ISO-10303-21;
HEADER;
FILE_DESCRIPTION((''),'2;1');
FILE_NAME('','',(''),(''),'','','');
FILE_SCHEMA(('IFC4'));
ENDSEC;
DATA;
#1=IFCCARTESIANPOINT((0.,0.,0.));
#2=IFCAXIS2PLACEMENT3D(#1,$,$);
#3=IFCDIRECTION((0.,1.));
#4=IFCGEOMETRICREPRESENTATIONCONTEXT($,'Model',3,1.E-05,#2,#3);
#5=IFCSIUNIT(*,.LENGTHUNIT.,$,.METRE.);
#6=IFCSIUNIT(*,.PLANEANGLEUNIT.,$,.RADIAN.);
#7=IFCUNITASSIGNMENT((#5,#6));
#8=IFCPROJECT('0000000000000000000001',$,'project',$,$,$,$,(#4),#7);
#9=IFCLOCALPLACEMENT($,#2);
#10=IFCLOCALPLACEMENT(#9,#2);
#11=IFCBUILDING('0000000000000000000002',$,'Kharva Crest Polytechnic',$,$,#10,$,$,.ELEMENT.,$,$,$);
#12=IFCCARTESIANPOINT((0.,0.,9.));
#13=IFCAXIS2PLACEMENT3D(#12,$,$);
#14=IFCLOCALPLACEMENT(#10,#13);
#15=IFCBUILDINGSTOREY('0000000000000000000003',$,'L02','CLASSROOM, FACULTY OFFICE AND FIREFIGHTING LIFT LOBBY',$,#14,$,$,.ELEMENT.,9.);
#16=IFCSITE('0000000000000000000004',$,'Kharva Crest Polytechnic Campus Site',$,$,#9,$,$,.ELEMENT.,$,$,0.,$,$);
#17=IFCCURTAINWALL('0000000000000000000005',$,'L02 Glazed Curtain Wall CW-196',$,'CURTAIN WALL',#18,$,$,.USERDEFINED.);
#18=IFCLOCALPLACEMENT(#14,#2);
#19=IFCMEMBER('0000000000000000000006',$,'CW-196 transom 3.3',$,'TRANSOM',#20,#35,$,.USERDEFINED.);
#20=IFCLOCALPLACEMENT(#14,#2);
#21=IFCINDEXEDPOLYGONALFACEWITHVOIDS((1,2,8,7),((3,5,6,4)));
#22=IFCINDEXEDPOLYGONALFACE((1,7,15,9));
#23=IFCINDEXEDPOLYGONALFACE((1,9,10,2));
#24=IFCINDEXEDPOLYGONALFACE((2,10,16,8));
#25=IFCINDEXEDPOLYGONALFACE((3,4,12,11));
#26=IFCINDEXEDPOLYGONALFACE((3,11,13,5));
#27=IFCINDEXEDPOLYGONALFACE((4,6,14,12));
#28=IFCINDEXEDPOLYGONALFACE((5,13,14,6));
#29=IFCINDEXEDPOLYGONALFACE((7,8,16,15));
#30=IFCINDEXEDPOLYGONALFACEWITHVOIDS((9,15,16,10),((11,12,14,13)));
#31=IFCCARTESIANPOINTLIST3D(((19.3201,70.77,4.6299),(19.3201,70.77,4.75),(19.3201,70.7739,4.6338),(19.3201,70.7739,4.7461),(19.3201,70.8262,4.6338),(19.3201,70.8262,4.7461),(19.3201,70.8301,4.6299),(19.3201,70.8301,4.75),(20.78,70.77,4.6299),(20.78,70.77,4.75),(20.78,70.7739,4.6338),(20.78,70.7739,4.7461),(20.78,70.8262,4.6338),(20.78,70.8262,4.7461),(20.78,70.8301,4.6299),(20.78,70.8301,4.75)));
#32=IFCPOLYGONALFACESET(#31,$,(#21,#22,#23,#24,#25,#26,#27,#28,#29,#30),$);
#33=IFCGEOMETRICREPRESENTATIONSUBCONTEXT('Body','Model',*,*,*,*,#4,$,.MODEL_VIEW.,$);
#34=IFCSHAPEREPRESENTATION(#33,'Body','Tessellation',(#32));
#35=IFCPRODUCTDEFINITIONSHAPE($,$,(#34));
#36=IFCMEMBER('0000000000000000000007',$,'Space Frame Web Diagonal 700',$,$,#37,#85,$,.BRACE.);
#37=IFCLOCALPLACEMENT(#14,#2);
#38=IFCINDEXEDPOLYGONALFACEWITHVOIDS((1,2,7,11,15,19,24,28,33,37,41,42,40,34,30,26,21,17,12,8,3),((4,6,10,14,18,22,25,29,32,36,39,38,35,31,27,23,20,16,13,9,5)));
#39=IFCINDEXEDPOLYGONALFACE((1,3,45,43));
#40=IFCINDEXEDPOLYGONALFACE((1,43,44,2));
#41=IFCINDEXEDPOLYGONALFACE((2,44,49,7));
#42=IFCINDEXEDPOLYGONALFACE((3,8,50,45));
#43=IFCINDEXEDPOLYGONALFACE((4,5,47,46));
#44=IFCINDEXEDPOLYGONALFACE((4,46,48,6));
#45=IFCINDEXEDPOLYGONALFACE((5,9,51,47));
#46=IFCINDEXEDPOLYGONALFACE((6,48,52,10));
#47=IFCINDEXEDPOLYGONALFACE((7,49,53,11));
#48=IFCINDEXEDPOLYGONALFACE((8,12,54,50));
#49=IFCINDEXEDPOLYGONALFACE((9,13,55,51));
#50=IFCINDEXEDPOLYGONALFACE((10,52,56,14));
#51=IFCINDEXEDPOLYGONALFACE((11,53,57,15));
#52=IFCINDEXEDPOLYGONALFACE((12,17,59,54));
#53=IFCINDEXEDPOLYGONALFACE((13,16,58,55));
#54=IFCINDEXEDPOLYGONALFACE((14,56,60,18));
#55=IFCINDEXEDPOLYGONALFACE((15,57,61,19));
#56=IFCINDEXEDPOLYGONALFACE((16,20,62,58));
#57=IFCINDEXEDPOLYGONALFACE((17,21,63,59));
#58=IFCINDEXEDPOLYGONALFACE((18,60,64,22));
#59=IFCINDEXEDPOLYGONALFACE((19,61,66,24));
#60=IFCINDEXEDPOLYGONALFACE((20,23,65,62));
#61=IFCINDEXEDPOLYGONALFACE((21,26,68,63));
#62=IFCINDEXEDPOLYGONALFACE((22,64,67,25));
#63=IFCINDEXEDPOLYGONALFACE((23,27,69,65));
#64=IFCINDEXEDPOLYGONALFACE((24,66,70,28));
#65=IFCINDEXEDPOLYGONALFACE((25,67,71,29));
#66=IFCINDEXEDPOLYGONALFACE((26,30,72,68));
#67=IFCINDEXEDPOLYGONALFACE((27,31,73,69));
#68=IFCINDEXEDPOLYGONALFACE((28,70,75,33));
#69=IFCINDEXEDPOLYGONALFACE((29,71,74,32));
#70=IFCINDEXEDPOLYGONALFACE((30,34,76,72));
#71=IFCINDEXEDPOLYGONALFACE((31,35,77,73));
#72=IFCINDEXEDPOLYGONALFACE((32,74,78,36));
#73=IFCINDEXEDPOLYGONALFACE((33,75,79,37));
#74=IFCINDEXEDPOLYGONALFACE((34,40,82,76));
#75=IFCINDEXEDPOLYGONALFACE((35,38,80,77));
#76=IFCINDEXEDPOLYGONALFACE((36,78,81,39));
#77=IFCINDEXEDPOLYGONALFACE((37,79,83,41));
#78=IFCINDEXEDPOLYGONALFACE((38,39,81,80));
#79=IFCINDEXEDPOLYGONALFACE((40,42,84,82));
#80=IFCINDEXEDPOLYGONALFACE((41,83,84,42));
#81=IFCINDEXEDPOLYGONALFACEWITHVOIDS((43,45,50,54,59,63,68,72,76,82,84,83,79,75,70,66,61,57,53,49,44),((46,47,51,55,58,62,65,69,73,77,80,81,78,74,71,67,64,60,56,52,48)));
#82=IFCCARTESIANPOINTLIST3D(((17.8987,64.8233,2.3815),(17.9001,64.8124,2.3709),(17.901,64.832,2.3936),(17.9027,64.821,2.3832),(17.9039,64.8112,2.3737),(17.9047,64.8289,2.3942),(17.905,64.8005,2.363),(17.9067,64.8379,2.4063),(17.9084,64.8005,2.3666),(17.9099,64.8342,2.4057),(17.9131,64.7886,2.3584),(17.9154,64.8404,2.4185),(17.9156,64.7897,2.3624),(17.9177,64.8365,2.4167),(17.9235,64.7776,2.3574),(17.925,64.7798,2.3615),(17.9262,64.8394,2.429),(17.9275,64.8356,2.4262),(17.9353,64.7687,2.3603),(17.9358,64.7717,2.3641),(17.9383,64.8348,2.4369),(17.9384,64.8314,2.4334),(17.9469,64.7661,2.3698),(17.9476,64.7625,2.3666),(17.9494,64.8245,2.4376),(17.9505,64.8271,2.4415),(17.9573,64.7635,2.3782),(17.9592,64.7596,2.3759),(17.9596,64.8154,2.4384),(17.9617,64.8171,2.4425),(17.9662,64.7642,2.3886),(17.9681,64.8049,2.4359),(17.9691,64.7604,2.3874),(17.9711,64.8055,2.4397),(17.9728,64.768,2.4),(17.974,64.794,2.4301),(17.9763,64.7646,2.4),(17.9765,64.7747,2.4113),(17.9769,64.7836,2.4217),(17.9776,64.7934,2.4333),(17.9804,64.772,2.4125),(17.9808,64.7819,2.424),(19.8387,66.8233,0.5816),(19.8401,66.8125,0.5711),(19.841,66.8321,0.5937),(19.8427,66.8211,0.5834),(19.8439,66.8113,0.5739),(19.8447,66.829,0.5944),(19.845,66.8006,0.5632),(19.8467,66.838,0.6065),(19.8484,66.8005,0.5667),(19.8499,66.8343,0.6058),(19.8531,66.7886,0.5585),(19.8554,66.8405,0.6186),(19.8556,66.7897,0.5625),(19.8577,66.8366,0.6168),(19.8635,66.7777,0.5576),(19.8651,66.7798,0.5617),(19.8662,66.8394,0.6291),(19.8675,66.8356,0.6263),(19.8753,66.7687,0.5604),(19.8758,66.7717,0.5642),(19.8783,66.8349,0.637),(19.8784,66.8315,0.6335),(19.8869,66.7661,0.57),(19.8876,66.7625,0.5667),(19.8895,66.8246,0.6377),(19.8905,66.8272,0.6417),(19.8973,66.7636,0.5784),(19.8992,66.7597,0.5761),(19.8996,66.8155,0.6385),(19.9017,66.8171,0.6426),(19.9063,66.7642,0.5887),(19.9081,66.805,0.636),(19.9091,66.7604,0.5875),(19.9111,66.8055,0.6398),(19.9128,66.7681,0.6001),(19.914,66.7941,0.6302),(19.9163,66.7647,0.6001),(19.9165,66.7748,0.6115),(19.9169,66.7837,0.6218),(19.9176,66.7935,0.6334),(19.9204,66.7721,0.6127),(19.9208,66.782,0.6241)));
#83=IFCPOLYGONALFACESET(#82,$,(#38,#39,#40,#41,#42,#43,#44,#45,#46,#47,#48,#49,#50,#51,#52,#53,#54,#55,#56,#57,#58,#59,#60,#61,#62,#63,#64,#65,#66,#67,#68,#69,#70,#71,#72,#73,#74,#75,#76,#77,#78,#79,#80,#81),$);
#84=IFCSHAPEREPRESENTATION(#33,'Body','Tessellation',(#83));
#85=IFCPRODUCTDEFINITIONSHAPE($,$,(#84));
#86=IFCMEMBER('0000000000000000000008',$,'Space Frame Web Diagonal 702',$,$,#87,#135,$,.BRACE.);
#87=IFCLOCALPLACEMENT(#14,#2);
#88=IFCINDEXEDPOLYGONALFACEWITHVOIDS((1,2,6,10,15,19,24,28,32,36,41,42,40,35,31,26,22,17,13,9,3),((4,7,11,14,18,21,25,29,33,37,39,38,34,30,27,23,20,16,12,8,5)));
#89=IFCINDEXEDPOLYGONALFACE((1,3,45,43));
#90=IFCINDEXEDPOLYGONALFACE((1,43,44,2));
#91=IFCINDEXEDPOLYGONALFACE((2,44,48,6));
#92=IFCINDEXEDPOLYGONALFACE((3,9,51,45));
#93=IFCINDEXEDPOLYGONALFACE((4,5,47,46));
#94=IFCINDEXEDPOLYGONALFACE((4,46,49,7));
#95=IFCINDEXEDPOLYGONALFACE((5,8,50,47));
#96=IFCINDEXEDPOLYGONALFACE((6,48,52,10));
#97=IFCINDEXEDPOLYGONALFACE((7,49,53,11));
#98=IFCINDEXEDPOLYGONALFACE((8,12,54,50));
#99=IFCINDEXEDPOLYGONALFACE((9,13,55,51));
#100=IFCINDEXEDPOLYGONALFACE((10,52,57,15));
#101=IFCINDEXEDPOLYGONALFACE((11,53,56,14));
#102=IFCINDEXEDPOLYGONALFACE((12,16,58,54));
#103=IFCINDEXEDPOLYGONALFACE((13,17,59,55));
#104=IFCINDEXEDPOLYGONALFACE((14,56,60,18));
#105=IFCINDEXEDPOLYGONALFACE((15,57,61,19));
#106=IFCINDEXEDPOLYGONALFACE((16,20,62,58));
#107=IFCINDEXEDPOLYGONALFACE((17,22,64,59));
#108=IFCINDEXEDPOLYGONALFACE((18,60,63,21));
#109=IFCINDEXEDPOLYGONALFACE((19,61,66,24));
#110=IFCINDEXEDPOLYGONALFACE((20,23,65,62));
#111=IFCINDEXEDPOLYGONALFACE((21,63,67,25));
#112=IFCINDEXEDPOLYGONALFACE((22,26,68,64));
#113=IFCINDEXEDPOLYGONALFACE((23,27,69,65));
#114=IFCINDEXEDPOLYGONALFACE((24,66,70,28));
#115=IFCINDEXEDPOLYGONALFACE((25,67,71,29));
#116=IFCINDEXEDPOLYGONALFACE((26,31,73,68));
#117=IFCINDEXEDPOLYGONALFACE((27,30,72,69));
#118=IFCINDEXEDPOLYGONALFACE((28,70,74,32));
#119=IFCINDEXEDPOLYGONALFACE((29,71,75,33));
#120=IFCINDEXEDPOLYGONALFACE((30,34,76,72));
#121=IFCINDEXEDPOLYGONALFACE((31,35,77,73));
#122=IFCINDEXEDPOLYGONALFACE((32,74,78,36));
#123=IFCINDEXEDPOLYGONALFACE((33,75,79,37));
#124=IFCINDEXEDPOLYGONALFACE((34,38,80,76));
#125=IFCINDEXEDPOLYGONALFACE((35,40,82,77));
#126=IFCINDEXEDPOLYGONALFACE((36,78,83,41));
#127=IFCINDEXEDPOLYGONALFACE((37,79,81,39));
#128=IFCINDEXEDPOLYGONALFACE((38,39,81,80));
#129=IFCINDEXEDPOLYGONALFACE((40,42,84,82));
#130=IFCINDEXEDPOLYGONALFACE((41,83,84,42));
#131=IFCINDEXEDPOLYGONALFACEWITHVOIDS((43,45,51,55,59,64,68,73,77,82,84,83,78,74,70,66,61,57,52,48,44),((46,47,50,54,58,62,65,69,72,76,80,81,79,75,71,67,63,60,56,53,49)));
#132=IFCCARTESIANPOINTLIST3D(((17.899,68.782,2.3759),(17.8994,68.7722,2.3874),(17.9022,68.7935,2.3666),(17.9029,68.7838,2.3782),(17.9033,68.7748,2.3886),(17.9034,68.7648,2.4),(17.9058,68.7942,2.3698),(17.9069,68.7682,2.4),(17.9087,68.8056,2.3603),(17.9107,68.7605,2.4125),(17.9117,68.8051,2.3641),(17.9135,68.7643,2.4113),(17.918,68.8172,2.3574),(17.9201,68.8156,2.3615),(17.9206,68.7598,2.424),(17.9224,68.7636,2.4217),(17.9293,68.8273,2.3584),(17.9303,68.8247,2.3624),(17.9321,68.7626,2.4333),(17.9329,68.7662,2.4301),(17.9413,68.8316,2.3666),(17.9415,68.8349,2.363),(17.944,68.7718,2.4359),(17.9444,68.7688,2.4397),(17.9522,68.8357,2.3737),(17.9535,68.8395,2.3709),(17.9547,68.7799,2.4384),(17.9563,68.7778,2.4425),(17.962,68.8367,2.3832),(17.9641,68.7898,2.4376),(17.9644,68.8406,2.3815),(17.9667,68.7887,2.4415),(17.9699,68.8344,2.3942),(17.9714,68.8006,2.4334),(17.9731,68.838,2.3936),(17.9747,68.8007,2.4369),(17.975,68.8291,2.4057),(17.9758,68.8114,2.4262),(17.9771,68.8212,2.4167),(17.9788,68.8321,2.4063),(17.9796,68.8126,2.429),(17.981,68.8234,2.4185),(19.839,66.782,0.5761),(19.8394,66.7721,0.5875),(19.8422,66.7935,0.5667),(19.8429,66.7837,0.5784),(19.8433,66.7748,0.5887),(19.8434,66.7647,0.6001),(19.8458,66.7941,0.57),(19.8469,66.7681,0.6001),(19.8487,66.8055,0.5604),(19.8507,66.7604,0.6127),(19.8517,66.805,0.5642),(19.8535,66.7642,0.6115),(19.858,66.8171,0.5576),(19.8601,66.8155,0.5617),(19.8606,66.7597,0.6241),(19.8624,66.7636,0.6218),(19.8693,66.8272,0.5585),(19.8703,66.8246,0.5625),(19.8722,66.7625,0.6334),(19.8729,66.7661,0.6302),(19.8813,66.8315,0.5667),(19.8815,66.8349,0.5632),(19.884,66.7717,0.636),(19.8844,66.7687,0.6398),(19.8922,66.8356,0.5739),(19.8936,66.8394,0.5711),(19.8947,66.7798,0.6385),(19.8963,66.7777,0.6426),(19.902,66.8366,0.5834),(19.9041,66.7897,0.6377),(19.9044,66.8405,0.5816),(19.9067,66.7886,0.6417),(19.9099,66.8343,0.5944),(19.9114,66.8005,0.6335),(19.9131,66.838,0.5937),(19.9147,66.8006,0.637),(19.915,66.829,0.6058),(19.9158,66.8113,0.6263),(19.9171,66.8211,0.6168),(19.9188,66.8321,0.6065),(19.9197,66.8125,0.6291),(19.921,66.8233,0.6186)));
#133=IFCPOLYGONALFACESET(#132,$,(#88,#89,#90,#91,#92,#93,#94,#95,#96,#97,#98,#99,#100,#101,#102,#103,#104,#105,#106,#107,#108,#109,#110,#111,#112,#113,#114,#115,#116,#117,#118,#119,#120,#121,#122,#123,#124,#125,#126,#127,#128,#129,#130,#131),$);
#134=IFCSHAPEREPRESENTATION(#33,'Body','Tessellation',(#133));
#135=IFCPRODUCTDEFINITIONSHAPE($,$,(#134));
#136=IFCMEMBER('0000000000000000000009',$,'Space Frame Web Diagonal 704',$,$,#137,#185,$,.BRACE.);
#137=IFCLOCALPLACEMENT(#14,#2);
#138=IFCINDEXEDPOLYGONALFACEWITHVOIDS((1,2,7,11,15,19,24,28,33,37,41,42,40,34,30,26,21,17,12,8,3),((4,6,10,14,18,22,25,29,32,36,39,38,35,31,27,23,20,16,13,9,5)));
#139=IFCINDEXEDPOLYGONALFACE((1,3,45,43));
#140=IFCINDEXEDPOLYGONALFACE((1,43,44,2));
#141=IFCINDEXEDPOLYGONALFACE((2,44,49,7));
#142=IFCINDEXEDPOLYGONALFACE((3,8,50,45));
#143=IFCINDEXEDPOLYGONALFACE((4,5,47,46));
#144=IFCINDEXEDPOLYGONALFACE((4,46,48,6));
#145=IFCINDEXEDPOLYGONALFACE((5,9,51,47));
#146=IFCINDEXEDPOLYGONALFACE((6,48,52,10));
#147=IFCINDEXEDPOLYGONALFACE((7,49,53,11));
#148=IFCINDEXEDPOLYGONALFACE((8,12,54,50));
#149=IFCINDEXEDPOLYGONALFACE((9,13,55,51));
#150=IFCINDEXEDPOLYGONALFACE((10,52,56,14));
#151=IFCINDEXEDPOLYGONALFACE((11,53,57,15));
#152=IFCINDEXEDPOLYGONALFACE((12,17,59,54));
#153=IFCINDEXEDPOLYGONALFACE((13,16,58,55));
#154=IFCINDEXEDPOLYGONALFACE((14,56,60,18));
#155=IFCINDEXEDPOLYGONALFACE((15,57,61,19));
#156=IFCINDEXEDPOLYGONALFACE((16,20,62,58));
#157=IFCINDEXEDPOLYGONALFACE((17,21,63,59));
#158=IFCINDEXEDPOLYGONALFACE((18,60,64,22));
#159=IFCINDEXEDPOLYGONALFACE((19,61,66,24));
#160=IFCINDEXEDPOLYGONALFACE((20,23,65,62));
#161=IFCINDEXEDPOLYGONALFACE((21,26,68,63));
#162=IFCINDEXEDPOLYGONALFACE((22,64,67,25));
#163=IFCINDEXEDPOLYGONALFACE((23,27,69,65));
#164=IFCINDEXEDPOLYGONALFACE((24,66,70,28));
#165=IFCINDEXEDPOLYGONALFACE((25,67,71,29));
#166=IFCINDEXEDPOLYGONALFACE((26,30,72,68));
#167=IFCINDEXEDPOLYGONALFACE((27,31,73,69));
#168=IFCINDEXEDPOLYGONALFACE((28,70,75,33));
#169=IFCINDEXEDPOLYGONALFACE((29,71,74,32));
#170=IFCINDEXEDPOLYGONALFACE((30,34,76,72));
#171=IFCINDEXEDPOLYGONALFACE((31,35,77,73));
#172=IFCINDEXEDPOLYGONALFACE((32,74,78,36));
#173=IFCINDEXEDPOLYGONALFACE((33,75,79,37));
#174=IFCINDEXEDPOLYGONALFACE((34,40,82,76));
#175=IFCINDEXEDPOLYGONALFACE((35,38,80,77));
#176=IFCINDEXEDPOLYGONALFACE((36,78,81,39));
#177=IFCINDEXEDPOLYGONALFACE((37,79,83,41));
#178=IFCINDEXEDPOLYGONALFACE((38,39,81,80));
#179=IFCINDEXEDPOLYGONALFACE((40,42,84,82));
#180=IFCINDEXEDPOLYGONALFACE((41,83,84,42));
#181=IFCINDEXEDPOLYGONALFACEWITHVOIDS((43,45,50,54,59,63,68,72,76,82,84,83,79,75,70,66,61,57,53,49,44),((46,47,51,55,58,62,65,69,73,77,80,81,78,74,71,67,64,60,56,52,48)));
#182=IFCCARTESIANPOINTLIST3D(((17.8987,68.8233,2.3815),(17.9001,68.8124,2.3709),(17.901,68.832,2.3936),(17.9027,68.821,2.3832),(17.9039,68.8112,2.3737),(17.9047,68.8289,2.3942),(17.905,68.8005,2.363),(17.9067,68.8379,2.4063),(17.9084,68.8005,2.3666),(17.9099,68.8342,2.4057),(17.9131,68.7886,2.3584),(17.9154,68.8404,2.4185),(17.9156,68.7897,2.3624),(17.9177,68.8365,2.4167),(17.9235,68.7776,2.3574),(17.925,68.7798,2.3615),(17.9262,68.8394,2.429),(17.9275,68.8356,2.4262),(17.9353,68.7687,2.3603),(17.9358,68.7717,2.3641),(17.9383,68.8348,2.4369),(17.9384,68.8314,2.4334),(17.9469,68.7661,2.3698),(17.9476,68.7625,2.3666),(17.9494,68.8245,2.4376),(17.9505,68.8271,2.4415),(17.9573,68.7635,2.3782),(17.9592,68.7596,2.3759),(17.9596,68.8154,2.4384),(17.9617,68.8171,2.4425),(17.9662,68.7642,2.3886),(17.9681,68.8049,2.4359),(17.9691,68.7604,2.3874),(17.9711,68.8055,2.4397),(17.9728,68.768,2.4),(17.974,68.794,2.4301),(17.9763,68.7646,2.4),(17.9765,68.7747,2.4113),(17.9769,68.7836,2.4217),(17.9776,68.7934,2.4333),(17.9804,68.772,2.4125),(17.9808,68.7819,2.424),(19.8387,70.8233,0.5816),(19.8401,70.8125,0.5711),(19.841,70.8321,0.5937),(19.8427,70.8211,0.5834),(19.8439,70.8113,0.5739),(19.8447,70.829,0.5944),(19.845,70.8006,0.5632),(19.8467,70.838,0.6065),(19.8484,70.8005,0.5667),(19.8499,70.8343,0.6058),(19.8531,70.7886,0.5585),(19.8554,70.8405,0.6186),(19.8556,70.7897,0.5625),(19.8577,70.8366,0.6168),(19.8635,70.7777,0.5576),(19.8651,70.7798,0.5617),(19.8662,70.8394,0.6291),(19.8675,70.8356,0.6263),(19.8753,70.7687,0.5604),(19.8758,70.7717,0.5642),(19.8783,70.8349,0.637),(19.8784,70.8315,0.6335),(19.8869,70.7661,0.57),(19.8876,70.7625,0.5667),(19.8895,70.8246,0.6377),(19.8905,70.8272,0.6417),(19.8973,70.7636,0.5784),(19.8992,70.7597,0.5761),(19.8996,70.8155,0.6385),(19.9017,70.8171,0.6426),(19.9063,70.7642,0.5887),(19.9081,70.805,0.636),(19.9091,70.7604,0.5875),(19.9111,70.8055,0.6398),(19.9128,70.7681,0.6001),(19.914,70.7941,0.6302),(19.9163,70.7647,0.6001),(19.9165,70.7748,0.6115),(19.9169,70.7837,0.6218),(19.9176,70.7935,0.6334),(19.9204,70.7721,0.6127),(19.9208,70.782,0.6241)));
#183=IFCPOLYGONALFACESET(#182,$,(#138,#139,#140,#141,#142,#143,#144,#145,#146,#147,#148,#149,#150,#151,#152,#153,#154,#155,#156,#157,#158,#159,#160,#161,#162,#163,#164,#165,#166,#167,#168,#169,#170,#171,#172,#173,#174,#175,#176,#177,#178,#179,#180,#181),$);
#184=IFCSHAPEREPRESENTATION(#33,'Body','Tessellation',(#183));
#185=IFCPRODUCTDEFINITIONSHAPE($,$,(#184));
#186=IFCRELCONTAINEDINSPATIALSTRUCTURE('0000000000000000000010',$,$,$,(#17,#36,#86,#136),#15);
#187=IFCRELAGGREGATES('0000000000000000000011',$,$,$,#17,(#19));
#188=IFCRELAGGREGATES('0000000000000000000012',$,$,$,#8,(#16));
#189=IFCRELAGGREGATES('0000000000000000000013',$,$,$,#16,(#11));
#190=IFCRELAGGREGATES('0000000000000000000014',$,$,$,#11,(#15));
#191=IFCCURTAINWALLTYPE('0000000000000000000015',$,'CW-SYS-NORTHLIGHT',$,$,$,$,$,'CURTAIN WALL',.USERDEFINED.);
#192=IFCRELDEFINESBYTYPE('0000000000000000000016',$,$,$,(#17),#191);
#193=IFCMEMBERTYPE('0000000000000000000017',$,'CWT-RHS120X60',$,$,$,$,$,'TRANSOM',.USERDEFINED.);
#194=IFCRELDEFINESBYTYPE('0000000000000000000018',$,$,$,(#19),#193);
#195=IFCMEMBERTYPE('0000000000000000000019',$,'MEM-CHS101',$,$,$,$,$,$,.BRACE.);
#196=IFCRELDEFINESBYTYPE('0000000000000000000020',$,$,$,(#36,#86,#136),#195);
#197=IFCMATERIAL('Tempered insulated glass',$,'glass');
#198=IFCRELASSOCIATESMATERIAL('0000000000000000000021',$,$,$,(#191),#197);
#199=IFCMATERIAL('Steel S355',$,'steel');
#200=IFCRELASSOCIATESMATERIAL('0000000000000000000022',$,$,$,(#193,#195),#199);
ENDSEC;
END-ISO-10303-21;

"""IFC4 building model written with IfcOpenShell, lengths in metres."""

from ifc_helpers import new_model, si_unit, direction, frame, origin, origin_2d, place, context, subcontext, project, spatial, hollow_rectangle, hollow_circle, extrude, material, material_profile, profile_set, type_object, element, aggregate, save


model = new_model("IFC4")

# Units and contexts
model_context = context("Model", 3, precision=1e-05, world=origin(), true_north=direction((0.0, 1.0)))
body_context = subcontext(model_context, "Body", "Model", "MODEL_VIEW")
ifc_project = project(units=[si_unit("LENGTHUNIT", "METRE"), si_unit("PLANEANGLEUNIT", "RADIAN")], contexts=[model_context])

# Site, building, storey
site_placement = place(None, origin())
site = spatial("IfcSite", under=ifc_project, at=site_placement, Name="Kharva Crest Polytechnic Campus Site", CompositionType="ELEMENT", RefElevation=0.0)
building_placement = place(site_placement, origin())
building = spatial("IfcBuilding", under=site, at=building_placement, Name="Kharva Crest Polytechnic", CompositionType="ELEMENT")
storey_placement = place(building_placement, frame((0.0, 0.0, 9.0)))
storey = spatial("IfcBuildingStorey", under=building, at=storey_placement, Name="L02", Description="CLASSROOM, FACULTY OFFICE AND FIREFIGHTING LIFT LOBBY", CompositionType="ELEMENT", Elevation=9.0)

# Curtain wall, member
ifc_material_1 = material(Name="Tempered insulated glass", Category="glass")
curtain_wall_type = type_object("IfcCurtainWallType", Name="CW-SYS-NORTHLIGHT", ElementType="CURTAIN WALL", PredefinedType="USERDEFINED", material=ifc_material_1)
curtain_wall_placement = place(storey_placement, origin())
curtain_wall = element("IfcCurtainWall", 1, at=curtain_wall_placement, inside=storey, type_object=curtain_wall_type, Name="L02 Glazed Curtain Wall CW-196", ObjectType="CURTAIN WALL", PredefinedType="USERDEFINED")
ifc_material_2 = material(Name="Steel S355", Category="steel")
ifc_material_profile_1 = material_profile(ifc_material_2, hollow_rectangle(XDim=0.0601, YDim=0.1201, WallThickness=0.0039, at=origin_2d()), Name="RHS 120X60X4.0")
ifc_profile_set_1 = profile_set([ifc_material_profile_1], Name="Steel S355")
member_type_1 = type_object("IfcMemberType", Name="CWT-RHS120X60", ElementType="TRANSOM", PredefinedType="USERDEFINED", material=ifc_profile_set_1)
member_1_placement = place(storey_placement, frame((19.3201, 70.8, 4.6899), z_axis=(1.0, 0.0, 0.0), x_axis=(0.0, 1.0, 0.0)))
member_1 = element("IfcMember", 2, at=member_1_placement, type_object=member_type_1, Name="CW-196 transom 3.3", ObjectType="TRANSOM", PredefinedType="USERDEFINED", context=body_context, shape_type="SweptSolid", body=[
    extrude(hollow_rectangle(XDim=0.0601, YDim=0.1201, WallThickness=0.0039, at=origin_2d()), origin(), (0.0, 0.0, 1.0), 1.46),
])

# Members
ifc_material_profile_2 = material_profile(ifc_material_2, hollow_circle(Radius=0.0508, WallThickness=0.0049, at=origin_2d()), Name="CHS 101.6X5.0")
ifc_profile_set_2 = profile_set([ifc_material_profile_2], Name="Steel S355")
member_type_2 = type_object("IfcMemberType", Name="MEM-CHS101", PredefinedType="BRACE", material=ifc_profile_set_2)
for number, where, z_axis, x_axis, name in (
    (3, (19.8799, 66.8, 0.6001), (-0.584843, -0.60295, 0.542596), (0.717802, -0.696247, 0.0), "Space Frame Web Diagonal 700"),
    (4, (19.8799, 66.8, 0.6001), (-0.584843, 0.60295, 0.542596), (-0.717802, -0.696247, 0.0), "Space Frame Web Diagonal 702"),
    (5, (19.8799, 70.8, 0.6001), (-0.584843, -0.60295, 0.542596), (0.717802, -0.696247, 0.0), "Space Frame Web Diagonal 704"),
):
    element("IfcMember", number, at=place(storey_placement, frame(where, z_axis=z_axis, x_axis=x_axis)), inside=storey, type_object=member_type_2, Name=name, PredefinedType="BRACE", context=body_context, shape_type="SweptSolid", body=[
        extrude(hollow_circle(Radius=0.0508, WallThickness=0.0049, at=origin_2d()), origin(), (0.0, 0.0, 1.0), 3.3171),
    ])

aggregate(curtain_wall, [member_1])

save(model, "model.ifc")
